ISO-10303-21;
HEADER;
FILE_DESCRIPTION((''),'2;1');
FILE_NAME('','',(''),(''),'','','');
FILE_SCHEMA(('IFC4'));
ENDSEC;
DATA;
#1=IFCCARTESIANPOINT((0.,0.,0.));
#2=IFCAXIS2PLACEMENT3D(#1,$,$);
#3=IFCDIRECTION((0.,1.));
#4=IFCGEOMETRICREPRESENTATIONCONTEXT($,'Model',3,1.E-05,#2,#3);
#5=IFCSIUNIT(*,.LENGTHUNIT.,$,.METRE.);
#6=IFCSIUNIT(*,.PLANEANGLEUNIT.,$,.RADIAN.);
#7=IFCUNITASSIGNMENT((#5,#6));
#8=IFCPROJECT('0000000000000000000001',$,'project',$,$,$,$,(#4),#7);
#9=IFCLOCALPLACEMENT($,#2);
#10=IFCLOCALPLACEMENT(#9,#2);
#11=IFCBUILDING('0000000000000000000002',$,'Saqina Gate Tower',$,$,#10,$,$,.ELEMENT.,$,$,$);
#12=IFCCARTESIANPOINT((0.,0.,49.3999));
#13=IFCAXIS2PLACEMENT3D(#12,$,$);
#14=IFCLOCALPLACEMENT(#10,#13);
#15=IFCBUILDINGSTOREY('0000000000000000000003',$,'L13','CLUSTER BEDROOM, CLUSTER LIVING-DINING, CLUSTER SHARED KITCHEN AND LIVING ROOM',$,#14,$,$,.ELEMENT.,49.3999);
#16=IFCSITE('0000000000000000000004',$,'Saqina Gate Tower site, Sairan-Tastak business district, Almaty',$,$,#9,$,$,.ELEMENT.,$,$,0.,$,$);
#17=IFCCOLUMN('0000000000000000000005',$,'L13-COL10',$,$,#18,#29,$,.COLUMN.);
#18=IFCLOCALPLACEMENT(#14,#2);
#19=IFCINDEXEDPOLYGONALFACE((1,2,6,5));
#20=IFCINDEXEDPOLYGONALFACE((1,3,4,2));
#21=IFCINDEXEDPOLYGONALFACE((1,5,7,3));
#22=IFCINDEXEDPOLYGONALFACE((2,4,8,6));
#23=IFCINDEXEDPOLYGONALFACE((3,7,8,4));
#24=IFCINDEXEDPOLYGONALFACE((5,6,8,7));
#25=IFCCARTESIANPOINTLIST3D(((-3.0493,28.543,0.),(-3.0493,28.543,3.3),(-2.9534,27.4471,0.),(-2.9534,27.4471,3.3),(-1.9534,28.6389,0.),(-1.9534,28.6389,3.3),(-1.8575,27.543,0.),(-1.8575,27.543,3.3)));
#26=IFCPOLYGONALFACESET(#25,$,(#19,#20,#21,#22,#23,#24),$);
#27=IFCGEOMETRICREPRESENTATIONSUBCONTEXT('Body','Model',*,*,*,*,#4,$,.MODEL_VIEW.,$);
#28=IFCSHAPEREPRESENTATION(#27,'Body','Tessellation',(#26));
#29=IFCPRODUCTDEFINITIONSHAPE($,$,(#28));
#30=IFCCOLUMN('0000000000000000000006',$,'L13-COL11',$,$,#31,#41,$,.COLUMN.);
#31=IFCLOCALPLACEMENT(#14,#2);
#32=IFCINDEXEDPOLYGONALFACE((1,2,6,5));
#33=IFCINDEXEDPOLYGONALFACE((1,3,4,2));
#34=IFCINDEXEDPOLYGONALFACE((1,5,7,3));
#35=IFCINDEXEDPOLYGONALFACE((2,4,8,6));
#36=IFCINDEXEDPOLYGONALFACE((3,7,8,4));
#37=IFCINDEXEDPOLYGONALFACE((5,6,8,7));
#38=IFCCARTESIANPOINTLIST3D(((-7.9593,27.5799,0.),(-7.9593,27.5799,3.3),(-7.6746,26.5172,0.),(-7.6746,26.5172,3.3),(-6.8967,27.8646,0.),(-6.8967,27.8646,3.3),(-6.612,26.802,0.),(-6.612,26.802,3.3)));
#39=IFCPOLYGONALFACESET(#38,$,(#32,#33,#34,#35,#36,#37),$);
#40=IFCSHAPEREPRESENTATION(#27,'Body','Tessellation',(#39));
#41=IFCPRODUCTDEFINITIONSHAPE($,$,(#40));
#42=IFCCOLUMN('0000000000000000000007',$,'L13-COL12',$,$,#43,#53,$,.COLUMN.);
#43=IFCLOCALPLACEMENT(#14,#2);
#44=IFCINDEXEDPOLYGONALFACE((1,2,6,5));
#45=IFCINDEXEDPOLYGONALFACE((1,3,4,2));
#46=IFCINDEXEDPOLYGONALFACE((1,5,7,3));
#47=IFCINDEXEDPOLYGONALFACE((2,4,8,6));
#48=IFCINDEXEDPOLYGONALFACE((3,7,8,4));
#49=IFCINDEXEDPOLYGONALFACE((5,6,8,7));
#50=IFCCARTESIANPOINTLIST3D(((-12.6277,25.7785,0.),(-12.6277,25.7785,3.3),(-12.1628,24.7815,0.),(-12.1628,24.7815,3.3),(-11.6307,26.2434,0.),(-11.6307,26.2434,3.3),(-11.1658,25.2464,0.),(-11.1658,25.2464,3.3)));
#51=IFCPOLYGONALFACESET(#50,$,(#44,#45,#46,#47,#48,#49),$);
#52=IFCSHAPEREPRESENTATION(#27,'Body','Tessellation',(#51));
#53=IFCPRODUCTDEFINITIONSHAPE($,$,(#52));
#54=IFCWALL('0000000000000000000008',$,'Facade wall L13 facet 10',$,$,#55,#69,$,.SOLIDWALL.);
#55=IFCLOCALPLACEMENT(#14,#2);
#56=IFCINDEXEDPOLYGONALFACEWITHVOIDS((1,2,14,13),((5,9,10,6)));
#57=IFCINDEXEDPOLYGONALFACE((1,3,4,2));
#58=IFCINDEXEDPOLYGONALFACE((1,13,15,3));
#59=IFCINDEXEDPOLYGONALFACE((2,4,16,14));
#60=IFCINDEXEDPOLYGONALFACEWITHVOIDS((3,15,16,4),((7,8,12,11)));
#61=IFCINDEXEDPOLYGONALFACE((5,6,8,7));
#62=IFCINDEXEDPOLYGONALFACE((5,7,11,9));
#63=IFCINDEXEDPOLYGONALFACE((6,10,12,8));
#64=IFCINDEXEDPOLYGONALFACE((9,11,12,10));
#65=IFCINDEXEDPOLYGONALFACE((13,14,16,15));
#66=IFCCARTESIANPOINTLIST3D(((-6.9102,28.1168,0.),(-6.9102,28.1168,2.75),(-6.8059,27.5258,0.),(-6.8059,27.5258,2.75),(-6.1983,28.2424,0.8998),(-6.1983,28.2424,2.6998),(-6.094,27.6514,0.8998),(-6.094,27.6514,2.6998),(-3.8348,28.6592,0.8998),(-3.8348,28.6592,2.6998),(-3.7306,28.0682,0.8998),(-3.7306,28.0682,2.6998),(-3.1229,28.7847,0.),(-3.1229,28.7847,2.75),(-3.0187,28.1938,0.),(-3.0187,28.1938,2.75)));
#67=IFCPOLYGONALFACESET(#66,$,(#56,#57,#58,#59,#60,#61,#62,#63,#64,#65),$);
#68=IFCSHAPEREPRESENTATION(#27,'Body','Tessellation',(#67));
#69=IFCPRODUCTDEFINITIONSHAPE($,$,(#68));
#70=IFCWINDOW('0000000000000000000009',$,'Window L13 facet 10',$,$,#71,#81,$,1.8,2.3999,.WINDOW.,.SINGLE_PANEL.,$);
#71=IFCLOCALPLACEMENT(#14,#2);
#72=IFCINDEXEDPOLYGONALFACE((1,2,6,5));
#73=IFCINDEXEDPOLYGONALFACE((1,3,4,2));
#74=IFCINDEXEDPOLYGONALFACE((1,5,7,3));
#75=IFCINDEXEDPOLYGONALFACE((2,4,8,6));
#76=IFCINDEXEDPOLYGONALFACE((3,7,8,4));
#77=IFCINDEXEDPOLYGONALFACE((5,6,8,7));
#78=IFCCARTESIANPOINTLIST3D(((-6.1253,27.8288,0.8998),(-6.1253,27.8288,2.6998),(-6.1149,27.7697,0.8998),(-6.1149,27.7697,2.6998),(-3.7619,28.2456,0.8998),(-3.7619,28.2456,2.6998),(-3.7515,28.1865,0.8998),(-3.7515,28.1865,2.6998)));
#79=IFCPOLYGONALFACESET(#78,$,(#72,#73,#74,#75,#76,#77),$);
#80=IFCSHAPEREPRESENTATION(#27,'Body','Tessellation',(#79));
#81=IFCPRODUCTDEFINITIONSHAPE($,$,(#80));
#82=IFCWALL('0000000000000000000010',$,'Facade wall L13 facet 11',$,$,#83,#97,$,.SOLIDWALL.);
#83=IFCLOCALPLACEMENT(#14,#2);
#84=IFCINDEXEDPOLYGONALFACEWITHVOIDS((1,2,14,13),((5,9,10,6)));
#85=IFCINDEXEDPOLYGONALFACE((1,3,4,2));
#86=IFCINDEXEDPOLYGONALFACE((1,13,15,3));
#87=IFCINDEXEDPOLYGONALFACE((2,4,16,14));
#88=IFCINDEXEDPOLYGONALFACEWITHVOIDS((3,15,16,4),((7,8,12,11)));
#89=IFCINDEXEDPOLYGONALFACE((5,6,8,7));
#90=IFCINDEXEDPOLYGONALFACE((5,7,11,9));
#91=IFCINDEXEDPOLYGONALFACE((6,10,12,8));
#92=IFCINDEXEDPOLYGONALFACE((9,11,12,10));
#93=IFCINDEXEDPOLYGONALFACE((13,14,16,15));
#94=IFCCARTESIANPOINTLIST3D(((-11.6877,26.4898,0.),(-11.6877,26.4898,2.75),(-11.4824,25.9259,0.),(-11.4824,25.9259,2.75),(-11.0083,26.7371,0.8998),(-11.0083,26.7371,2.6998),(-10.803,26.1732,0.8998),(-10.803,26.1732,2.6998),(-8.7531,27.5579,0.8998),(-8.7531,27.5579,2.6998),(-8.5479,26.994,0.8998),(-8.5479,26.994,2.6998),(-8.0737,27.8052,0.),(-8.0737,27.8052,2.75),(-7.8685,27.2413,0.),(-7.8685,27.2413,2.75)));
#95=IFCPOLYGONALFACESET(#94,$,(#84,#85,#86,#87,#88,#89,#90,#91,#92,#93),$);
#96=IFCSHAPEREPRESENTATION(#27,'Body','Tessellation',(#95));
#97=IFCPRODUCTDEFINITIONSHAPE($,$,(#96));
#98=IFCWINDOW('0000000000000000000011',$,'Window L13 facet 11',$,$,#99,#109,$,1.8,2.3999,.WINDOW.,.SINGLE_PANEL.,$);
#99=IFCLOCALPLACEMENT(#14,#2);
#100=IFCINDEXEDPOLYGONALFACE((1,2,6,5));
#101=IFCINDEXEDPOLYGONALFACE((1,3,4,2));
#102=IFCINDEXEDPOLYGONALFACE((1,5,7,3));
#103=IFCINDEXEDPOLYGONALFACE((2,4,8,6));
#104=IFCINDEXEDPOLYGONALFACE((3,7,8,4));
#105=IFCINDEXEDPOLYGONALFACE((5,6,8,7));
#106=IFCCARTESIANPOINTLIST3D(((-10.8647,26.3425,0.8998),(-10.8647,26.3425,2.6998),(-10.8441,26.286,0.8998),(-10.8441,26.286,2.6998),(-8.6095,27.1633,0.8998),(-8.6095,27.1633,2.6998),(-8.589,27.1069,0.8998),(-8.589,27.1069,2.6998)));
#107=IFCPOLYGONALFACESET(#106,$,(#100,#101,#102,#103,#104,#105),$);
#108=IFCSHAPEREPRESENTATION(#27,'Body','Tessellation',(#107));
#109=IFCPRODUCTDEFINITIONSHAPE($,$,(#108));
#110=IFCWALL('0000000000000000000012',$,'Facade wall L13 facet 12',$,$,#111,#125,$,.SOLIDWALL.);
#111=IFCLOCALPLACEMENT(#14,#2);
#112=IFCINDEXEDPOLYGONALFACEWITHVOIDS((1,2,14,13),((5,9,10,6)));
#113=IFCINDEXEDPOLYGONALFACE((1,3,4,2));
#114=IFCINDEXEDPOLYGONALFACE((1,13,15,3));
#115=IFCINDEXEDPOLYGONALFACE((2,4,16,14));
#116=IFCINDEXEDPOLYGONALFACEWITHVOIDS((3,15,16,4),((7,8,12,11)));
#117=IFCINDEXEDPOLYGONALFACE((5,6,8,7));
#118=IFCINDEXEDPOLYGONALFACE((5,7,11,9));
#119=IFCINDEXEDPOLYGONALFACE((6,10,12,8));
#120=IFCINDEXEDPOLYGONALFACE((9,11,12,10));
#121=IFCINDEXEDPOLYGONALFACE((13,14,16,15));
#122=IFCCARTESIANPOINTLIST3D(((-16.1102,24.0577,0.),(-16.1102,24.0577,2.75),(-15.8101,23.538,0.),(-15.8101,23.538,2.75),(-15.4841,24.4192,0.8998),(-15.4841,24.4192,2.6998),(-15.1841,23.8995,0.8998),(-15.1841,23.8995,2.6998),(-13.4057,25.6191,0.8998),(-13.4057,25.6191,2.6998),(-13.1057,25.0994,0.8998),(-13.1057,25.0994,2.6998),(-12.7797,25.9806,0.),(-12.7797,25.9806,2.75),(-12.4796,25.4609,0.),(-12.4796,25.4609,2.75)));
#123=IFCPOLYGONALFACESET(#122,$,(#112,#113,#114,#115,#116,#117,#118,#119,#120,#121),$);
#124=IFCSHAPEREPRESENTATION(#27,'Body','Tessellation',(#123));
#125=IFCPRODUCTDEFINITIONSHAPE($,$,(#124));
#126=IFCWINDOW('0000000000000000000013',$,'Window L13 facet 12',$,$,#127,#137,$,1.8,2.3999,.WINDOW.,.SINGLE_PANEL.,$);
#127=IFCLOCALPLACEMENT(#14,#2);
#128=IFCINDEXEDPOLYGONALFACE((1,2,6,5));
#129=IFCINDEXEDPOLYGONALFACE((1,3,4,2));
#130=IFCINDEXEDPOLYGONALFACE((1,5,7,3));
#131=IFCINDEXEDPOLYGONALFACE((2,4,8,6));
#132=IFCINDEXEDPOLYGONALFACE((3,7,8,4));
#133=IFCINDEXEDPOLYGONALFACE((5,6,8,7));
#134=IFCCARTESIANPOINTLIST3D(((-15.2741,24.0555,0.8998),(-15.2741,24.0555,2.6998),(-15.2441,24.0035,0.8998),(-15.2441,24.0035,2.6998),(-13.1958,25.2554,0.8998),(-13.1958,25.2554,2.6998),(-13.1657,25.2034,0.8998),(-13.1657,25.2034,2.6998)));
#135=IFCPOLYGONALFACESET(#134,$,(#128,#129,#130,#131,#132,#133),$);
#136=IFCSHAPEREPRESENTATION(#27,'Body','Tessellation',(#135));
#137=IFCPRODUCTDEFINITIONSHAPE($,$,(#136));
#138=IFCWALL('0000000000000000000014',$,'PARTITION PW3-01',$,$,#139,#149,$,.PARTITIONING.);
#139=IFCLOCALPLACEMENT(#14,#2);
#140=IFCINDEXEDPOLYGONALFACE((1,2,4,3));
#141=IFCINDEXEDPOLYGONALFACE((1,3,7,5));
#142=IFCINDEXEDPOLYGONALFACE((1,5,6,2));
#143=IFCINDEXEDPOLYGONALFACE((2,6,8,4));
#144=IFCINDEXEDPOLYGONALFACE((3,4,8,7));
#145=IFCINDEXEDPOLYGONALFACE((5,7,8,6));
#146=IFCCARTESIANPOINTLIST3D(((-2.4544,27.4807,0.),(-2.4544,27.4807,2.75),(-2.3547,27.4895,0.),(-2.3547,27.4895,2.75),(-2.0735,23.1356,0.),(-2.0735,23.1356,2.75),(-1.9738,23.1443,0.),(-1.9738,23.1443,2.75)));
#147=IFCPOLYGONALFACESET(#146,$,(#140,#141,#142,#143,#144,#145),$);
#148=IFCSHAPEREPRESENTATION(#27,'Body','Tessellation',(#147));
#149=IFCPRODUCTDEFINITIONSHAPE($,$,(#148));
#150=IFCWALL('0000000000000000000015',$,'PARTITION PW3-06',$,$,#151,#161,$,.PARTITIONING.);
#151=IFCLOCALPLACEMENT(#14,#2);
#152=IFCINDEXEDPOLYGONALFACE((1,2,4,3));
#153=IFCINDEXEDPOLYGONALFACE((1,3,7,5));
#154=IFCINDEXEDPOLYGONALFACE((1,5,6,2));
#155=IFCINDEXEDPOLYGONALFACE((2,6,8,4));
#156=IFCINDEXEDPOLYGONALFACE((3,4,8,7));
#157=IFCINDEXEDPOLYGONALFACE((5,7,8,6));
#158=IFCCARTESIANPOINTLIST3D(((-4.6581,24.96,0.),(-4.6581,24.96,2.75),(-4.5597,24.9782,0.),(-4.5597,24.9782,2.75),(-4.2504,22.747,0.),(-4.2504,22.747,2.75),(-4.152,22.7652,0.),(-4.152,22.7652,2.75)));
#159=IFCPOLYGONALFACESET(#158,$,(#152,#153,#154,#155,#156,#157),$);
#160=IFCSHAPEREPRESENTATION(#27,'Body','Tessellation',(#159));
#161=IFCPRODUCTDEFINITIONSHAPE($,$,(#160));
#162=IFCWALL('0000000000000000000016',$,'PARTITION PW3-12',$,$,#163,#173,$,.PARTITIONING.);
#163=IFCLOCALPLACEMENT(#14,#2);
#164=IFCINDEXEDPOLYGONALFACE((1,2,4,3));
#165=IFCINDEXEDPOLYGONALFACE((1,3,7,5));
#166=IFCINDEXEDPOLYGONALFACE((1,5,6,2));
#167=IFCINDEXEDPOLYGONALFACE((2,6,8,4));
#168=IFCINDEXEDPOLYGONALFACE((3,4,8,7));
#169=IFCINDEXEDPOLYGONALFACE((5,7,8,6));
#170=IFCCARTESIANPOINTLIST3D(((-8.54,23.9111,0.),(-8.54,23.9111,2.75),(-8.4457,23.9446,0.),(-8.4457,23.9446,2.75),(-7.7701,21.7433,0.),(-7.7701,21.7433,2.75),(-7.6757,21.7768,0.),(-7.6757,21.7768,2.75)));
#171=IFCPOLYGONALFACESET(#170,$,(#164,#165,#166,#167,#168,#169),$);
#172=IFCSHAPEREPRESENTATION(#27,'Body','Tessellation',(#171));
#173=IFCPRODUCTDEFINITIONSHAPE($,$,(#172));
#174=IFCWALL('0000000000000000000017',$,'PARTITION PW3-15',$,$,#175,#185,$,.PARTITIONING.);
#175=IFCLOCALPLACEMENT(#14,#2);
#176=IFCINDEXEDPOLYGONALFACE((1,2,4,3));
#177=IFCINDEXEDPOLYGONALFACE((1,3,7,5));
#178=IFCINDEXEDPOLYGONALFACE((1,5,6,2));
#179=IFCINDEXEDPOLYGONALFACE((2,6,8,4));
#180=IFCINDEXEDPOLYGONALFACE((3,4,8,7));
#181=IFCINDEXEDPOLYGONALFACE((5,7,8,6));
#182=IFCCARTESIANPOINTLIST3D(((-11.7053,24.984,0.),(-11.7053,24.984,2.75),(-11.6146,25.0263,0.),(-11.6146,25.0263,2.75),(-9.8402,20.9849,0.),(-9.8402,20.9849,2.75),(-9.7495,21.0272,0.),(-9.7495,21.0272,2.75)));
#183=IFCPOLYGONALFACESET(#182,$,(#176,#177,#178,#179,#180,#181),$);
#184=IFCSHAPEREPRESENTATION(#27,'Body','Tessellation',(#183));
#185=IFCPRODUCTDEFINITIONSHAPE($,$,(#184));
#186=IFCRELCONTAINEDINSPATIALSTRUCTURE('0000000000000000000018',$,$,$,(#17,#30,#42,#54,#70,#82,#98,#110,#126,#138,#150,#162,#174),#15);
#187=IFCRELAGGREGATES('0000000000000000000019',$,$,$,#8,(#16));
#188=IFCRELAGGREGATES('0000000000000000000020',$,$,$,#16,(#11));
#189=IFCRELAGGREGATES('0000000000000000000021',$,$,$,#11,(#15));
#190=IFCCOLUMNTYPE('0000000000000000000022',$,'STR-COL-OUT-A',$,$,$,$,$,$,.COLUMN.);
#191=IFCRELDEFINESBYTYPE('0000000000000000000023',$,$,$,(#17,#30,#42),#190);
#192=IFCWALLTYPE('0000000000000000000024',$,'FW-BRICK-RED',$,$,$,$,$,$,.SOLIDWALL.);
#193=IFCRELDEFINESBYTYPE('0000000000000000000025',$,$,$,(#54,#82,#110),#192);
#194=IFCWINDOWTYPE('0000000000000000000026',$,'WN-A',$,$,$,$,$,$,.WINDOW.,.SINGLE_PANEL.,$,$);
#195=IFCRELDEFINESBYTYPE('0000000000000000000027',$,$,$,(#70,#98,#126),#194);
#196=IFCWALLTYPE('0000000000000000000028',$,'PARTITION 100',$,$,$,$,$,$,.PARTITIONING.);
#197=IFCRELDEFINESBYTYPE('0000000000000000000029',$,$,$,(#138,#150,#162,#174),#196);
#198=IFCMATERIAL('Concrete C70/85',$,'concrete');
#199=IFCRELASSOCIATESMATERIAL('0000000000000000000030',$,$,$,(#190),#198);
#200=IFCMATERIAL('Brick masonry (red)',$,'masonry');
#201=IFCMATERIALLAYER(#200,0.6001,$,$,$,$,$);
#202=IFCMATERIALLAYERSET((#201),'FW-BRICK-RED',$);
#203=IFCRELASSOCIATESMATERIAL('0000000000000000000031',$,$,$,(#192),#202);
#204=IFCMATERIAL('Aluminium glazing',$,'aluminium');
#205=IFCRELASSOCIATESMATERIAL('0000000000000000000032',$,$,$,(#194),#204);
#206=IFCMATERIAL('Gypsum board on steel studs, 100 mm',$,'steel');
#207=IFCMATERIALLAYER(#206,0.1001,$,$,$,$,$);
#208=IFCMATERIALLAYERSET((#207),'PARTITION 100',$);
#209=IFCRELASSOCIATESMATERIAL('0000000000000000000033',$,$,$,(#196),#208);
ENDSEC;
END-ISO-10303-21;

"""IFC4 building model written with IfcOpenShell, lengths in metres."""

from ifc_helpers import new_model, si_unit, direction, frame, frame_2d, origin, origin_2d, place, context, subcontext, project, spatial, rectangle, extrude, material, layer, layer_set, material_profile, profile_set, type_object, element, fill, save


model = new_model("IFC4")

# Units and contexts
model_context = context("Model", 3, precision=1e-05, world=origin(), true_north=direction((0.0, 1.0)))
body_context = subcontext(model_context, "Body", "Model", "MODEL_VIEW")
ifc_project = project(units=[si_unit("LENGTHUNIT", "METRE"), si_unit("PLANEANGLEUNIT", "RADIAN")], contexts=[model_context])

# Site, building, storey
site_placement = place(None, origin())
site = spatial("IfcSite", under=ifc_project, at=site_placement, Name="Saqina Gate Tower site, Sairan-Tastak business district, Almaty", CompositionType="ELEMENT", RefElevation=0.0)
building_placement = place(site_placement, origin())
building = spatial("IfcBuilding", under=site, at=building_placement, Name="Saqina Gate Tower", CompositionType="ELEMENT")
storey_placement = place(building_placement, frame((0.0, 0.0, 49.3999)))
storey = spatial("IfcBuildingStorey", under=building, at=storey_placement, Name="L13", Description="CLUSTER BEDROOM, CLUSTER LIVING-DINING, CLUSTER SHARED KITCHEN AND LIVING ROOM", CompositionType="ELEMENT", Elevation=49.3999)

# Columns
ifc_material_1 = material(Name="Concrete C70/85", Category="concrete")
ifc_material_profile = material_profile(ifc_material_1, rectangle(XDim=1.1001, YDim=1.1001, at=origin_2d()), Name="RC 1100x1100")
ifc_profile_set = profile_set([ifc_material_profile], Name="Concrete C70/85")
column_type = type_object("IfcColumnType", Name="STR-COL-OUT-A", PredefinedType="COLUMN", material=ifc_profile_set)
for number, where, z_axis, x_axis, name in (
    (1, (-2.4534, 28.043, 0.0), (0.0, 0.0, 1.0), (-0.087156, 0.996195, 0.0), "L13-COL10"),
    (2, (-7.2856, 27.1909, 0.0), (0.0, 0.0, 1.0), (-0.258819, 0.965926, 0.0), "L13-COL11"),
    (3, (-11.8967, 25.5125, 0.0), (0.0, 0.0, 1.0), (-0.422618, 0.906308, 0.0), "L13-COL12"),
):
    element("IfcColumn", number, at=place(storey_placement, frame(where, z_axis=z_axis, x_axis=x_axis)), inside=storey, type_object=column_type, Name=name, PredefinedType="COLUMN", context=body_context, shape_type="SweptSolid", body=[
        extrude(rectangle(XDim=1.1001, YDim=1.1001, at=origin_2d()), origin(), (0.0, 0.0, 1.0), 3.3),
    ])

# Walls, openings, windows
ifc_material_2 = material(Name="Brick masonry (red)", Category="masonry")
ifc_layer_1 = layer(ifc_material_2, 0.6001)
ifc_layer_set_1 = layer_set([ifc_layer_1], Name="FW-BRICK-RED")
wall_type_1 = type_object("IfcWallType", Name="FW-BRICK-RED", PredefinedType="SOLIDWALL", material=ifc_layer_set_1)
wall_1_placement = place(storey_placement, frame((-3.0708, 28.4893, 0.0), z_axis=(0.0, 0.0, 1.0), x_axis=(-0.984801, -0.173688, 0.0)))
wall_1 = element("IfcWall", 4, at=wall_1_placement, inside=storey, type_object=wall_type_1, Name="Facade wall L13 facet 10", PredefinedType="SOLIDWALL", context=body_context, shape_type="SweptSolid", body=[
    extrude(rectangle(XDim=3.8457, YDim=0.6001, at=frame_2d((1.9229, 0.0))), origin(), (0.0, 0.0, 1.0), 2.75),
])
opening_1_placement = place(wall_1_placement, frame((0.7229, 0.0, 0.8999)))
opening_1 = element("IfcOpeningElement", 5, at=opening_1_placement, cuts=wall_1, PredefinedType="OPENING", context=body_context, shape_type="SweptSolid", body=[
    extrude(rectangle(XDim=2.3999, YDim=1.8, at=frame_2d((1.2, 0.8999))), frame((0.0, 0.312, 0.0), z_axis=(0.0, -1.0, 0.0), x_axis=(1.0, 0.0, 0.0)), (0.0, 0.0, 1.0), 0.624),
])
ifc_material_3 = material(Name="Aluminium glazing", Category="aluminium")
window_type = type_object("IfcWindowType", Name="WN-A", PartitioningType="SINGLE_PANEL", PredefinedType="WINDOW", material=ifc_material_3)
window_1_placement = place(opening_1_placement, origin())
window_1 = element("IfcWindow", 6, at=window_1_placement, inside=storey, type_object=window_type, Name="Window L13 facet 10", OverallHeight=1.8, OverallWidth=2.3999, PartitioningType="SINGLE_PANEL", PredefinedType="WINDOW", context=body_context, shape_type="SweptSolid", body=[
    extrude(rectangle(XDim=2.3999, YDim=1.8, at=frame_2d((1.2, 0.8999))), frame((0.0, 0.1799, 0.0), z_axis=(0.0, -1.0, 0.0), x_axis=(1.0, 0.0, 0.0)), (0.0, 0.0, 1.0), 0.0601),
])
fill(opening_1, window_1)
wall_2_placement = place(storey_placement, frame((-7.9712, 27.5232, 0.0), z_axis=(0.0, 0.0, 1.0), x_axis=(-0.93969, -0.342028, 0.0)))
wall_2 = element("IfcWall", 7, at=wall_2_placement, inside=storey, type_object=wall_type_1, Name="Facade wall L13 facet 11", PredefinedType="SOLIDWALL", context=body_context, shape_type="SweptSolid", body=[
    extrude(rectangle(XDim=3.8459, YDim=0.6001, at=frame_2d((1.9229, 0.0))), origin(), (0.0, 0.0, 1.0), 2.75),
])
opening_2_placement = place(wall_2_placement, frame((0.7229, 0.0, 0.8999)))
opening_2 = element("IfcOpeningElement", 8, at=opening_2_placement, cuts=wall_2, PredefinedType="OPENING", context=body_context, shape_type="SweptSolid", body=[
    extrude(rectangle(XDim=2.3999, YDim=1.8, at=frame_2d((1.2, 0.8999))), frame((0.0, 0.312, 0.0), z_axis=(0.0, -1.0, 0.0), x_axis=(1.0, 0.0, 0.0)), (0.0, 0.0, 1.0), 0.624),
])
window_2_placement = place(opening_2_placement, origin())
window_2 = element("IfcWindow", 9, at=window_2_placement, inside=storey, type_object=window_type, Name="Window L13 facet 11", OverallHeight=1.8, OverallWidth=2.3999, PartitioningType="SINGLE_PANEL", PredefinedType="WINDOW", context=body_context, shape_type="SweptSolid", body=[
    extrude(rectangle(XDim=2.3999, YDim=1.8, at=frame_2d((1.2, 0.8999))), frame((0.0, 0.1799, 0.0), z_axis=(0.0, -1.0, 0.0), x_axis=(1.0, 0.0, 0.0)), (0.0, 0.0, 1.0), 0.0601),
])
fill(opening_2, window_2)
wall_3_placement = place(storey_placement, frame((-12.6296, 25.7207, 0.0), z_axis=(0.0, 0.0, 1.0), x_axis=(-0.866031, -0.49999, 0.0)))
wall_3 = element("IfcWall", 10, at=wall_3_placement, inside=storey, type_object=wall_type_1, Name="Facade wall L13 facet 12", PredefinedType="SOLIDWALL", context=body_context, shape_type="SweptSolid", body=[
    extrude(rectangle(XDim=3.8457, YDim=0.6001, at=frame_2d((1.9229, 0.0))), origin(), (0.0, 0.0, 1.0), 2.75),
])
opening_3_placement = place(wall_3_placement, frame((0.7229, 0.0, 0.8999)))
opening_3 = element("IfcOpeningElement", 11, at=opening_3_placement, cuts=wall_3, PredefinedType="OPENING", context=body_context, shape_type="SweptSolid", body=[
    extrude(rectangle(XDim=2.3999, YDim=1.8, at=frame_2d((1.2, 0.8999))), frame((0.0, 0.312, 0.0), z_axis=(0.0, -1.0, 0.0), x_axis=(1.0, 0.0, 0.0)), (0.0, 0.0, 1.0), 0.624),
])
window_3_placement = place(opening_3_placement, origin())
window_3 = element("IfcWindow", 12, at=window_3_placement, inside=storey, type_object=window_type, Name="Window L13 facet 12", OverallHeight=1.8, OverallWidth=2.3999, PartitioningType="SINGLE_PANEL", PredefinedType="WINDOW", context=body_context, shape_type="SweptSolid", body=[
    extrude(rectangle(XDim=2.3999, YDim=1.8, at=frame_2d((1.2, 0.8999))), frame((0.0, 0.1799, 0.0), z_axis=(0.0, -1.0, 0.0), x_axis=(1.0, 0.0, 0.0)), (0.0, 0.0, 1.0), 0.0601),
])
fill(opening_3, window_3)

# Walls
ifc_material_4 = material(Name="Gypsum board on steel studs, 100 mm", Category="steel")
ifc_layer_2 = layer(ifc_material_4, 0.1001)
ifc_layer_set_2 = layer_set([ifc_layer_2], Name="PARTITION 100")
wall_type_2 = type_object("IfcWallType", Name="PARTITION 100", PredefinedType="PARTITIONING", material=ifc_layer_set_2)
wall_4_placement = place(storey_placement, frame((-2.4045, 27.4851, 0.0), z_axis=(0.0, 0.0, 1.0), x_axis=(0.087316, -0.996181, 0.0)))
element("IfcWall", 13, at=wall_4_placement, inside=storey, type_object=wall_type_2, Name="PARTITION PW3-01", PredefinedType="PARTITIONING", context=body_context, shape_type="SweptSolid", body=[
    extrude(rectangle(XDim=4.3618, YDim=0.1001, at=frame_2d((2.1809, 0.0))), origin(), (0.0, 0.0, 1.0), 2.75),
])
wall_5_placement = place(storey_placement, frame((-4.6089, 24.969, 0.0), z_axis=(0.0, 0.0, 1.0), x_axis=(0.181196, -0.983447, 0.0)))
element("IfcWall", 14, at=wall_5_placement, inside=storey, type_object=wall_type_2, Name="PARTITION PW3-06", PredefinedType="PARTITIONING", context=body_context, shape_type="SweptSolid", body=[
    extrude(rectangle(XDim=2.2502, YDim=0.1001, at=frame_2d((1.125, 0.0))), origin(), (0.0, 0.0, 1.0), 2.75),
])
wall_6_placement = place(storey_placement, frame((-8.4929, 23.928, 0.0), z_axis=(0.0, 0.0, 1.0), x_axis=(0.334696, -0.942326, 0.0)))
element("IfcWall", 15, at=wall_6_placement, inside=storey, type_object=wall_type_2, Name="PARTITION PW3-12", PredefinedType="PARTITIONING", context=body_context, shape_type="SweptSolid", body=[
    extrude(rectangle(XDim=2.3005, YDim=0.1001, at=frame_2d((1.1504, 0.0))), origin(), (0.0, 0.0, 1.0), 2.75),
])
wall_7_placement = place(storey_placement, frame((-11.6599, 25.0051, 0.0), z_axis=(0.0, 0.0, 1.0), x_axis=(0.422658, -0.906289, 0.0)))
element("IfcWall", 16, at=wall_7_placement, inside=storey, type_object=wall_type_2, Name="PARTITION PW3-15", PredefinedType="PARTITIONING", context=body_context, shape_type="SweptSolid", body=[
    extrude(rectangle(XDim=4.4126, YDim=0.1001, at=frame_2d((2.2063, 0.0))), origin(), (0.0, 0.0, 1.0), 2.75),
])

save(model, "model.ifc")
